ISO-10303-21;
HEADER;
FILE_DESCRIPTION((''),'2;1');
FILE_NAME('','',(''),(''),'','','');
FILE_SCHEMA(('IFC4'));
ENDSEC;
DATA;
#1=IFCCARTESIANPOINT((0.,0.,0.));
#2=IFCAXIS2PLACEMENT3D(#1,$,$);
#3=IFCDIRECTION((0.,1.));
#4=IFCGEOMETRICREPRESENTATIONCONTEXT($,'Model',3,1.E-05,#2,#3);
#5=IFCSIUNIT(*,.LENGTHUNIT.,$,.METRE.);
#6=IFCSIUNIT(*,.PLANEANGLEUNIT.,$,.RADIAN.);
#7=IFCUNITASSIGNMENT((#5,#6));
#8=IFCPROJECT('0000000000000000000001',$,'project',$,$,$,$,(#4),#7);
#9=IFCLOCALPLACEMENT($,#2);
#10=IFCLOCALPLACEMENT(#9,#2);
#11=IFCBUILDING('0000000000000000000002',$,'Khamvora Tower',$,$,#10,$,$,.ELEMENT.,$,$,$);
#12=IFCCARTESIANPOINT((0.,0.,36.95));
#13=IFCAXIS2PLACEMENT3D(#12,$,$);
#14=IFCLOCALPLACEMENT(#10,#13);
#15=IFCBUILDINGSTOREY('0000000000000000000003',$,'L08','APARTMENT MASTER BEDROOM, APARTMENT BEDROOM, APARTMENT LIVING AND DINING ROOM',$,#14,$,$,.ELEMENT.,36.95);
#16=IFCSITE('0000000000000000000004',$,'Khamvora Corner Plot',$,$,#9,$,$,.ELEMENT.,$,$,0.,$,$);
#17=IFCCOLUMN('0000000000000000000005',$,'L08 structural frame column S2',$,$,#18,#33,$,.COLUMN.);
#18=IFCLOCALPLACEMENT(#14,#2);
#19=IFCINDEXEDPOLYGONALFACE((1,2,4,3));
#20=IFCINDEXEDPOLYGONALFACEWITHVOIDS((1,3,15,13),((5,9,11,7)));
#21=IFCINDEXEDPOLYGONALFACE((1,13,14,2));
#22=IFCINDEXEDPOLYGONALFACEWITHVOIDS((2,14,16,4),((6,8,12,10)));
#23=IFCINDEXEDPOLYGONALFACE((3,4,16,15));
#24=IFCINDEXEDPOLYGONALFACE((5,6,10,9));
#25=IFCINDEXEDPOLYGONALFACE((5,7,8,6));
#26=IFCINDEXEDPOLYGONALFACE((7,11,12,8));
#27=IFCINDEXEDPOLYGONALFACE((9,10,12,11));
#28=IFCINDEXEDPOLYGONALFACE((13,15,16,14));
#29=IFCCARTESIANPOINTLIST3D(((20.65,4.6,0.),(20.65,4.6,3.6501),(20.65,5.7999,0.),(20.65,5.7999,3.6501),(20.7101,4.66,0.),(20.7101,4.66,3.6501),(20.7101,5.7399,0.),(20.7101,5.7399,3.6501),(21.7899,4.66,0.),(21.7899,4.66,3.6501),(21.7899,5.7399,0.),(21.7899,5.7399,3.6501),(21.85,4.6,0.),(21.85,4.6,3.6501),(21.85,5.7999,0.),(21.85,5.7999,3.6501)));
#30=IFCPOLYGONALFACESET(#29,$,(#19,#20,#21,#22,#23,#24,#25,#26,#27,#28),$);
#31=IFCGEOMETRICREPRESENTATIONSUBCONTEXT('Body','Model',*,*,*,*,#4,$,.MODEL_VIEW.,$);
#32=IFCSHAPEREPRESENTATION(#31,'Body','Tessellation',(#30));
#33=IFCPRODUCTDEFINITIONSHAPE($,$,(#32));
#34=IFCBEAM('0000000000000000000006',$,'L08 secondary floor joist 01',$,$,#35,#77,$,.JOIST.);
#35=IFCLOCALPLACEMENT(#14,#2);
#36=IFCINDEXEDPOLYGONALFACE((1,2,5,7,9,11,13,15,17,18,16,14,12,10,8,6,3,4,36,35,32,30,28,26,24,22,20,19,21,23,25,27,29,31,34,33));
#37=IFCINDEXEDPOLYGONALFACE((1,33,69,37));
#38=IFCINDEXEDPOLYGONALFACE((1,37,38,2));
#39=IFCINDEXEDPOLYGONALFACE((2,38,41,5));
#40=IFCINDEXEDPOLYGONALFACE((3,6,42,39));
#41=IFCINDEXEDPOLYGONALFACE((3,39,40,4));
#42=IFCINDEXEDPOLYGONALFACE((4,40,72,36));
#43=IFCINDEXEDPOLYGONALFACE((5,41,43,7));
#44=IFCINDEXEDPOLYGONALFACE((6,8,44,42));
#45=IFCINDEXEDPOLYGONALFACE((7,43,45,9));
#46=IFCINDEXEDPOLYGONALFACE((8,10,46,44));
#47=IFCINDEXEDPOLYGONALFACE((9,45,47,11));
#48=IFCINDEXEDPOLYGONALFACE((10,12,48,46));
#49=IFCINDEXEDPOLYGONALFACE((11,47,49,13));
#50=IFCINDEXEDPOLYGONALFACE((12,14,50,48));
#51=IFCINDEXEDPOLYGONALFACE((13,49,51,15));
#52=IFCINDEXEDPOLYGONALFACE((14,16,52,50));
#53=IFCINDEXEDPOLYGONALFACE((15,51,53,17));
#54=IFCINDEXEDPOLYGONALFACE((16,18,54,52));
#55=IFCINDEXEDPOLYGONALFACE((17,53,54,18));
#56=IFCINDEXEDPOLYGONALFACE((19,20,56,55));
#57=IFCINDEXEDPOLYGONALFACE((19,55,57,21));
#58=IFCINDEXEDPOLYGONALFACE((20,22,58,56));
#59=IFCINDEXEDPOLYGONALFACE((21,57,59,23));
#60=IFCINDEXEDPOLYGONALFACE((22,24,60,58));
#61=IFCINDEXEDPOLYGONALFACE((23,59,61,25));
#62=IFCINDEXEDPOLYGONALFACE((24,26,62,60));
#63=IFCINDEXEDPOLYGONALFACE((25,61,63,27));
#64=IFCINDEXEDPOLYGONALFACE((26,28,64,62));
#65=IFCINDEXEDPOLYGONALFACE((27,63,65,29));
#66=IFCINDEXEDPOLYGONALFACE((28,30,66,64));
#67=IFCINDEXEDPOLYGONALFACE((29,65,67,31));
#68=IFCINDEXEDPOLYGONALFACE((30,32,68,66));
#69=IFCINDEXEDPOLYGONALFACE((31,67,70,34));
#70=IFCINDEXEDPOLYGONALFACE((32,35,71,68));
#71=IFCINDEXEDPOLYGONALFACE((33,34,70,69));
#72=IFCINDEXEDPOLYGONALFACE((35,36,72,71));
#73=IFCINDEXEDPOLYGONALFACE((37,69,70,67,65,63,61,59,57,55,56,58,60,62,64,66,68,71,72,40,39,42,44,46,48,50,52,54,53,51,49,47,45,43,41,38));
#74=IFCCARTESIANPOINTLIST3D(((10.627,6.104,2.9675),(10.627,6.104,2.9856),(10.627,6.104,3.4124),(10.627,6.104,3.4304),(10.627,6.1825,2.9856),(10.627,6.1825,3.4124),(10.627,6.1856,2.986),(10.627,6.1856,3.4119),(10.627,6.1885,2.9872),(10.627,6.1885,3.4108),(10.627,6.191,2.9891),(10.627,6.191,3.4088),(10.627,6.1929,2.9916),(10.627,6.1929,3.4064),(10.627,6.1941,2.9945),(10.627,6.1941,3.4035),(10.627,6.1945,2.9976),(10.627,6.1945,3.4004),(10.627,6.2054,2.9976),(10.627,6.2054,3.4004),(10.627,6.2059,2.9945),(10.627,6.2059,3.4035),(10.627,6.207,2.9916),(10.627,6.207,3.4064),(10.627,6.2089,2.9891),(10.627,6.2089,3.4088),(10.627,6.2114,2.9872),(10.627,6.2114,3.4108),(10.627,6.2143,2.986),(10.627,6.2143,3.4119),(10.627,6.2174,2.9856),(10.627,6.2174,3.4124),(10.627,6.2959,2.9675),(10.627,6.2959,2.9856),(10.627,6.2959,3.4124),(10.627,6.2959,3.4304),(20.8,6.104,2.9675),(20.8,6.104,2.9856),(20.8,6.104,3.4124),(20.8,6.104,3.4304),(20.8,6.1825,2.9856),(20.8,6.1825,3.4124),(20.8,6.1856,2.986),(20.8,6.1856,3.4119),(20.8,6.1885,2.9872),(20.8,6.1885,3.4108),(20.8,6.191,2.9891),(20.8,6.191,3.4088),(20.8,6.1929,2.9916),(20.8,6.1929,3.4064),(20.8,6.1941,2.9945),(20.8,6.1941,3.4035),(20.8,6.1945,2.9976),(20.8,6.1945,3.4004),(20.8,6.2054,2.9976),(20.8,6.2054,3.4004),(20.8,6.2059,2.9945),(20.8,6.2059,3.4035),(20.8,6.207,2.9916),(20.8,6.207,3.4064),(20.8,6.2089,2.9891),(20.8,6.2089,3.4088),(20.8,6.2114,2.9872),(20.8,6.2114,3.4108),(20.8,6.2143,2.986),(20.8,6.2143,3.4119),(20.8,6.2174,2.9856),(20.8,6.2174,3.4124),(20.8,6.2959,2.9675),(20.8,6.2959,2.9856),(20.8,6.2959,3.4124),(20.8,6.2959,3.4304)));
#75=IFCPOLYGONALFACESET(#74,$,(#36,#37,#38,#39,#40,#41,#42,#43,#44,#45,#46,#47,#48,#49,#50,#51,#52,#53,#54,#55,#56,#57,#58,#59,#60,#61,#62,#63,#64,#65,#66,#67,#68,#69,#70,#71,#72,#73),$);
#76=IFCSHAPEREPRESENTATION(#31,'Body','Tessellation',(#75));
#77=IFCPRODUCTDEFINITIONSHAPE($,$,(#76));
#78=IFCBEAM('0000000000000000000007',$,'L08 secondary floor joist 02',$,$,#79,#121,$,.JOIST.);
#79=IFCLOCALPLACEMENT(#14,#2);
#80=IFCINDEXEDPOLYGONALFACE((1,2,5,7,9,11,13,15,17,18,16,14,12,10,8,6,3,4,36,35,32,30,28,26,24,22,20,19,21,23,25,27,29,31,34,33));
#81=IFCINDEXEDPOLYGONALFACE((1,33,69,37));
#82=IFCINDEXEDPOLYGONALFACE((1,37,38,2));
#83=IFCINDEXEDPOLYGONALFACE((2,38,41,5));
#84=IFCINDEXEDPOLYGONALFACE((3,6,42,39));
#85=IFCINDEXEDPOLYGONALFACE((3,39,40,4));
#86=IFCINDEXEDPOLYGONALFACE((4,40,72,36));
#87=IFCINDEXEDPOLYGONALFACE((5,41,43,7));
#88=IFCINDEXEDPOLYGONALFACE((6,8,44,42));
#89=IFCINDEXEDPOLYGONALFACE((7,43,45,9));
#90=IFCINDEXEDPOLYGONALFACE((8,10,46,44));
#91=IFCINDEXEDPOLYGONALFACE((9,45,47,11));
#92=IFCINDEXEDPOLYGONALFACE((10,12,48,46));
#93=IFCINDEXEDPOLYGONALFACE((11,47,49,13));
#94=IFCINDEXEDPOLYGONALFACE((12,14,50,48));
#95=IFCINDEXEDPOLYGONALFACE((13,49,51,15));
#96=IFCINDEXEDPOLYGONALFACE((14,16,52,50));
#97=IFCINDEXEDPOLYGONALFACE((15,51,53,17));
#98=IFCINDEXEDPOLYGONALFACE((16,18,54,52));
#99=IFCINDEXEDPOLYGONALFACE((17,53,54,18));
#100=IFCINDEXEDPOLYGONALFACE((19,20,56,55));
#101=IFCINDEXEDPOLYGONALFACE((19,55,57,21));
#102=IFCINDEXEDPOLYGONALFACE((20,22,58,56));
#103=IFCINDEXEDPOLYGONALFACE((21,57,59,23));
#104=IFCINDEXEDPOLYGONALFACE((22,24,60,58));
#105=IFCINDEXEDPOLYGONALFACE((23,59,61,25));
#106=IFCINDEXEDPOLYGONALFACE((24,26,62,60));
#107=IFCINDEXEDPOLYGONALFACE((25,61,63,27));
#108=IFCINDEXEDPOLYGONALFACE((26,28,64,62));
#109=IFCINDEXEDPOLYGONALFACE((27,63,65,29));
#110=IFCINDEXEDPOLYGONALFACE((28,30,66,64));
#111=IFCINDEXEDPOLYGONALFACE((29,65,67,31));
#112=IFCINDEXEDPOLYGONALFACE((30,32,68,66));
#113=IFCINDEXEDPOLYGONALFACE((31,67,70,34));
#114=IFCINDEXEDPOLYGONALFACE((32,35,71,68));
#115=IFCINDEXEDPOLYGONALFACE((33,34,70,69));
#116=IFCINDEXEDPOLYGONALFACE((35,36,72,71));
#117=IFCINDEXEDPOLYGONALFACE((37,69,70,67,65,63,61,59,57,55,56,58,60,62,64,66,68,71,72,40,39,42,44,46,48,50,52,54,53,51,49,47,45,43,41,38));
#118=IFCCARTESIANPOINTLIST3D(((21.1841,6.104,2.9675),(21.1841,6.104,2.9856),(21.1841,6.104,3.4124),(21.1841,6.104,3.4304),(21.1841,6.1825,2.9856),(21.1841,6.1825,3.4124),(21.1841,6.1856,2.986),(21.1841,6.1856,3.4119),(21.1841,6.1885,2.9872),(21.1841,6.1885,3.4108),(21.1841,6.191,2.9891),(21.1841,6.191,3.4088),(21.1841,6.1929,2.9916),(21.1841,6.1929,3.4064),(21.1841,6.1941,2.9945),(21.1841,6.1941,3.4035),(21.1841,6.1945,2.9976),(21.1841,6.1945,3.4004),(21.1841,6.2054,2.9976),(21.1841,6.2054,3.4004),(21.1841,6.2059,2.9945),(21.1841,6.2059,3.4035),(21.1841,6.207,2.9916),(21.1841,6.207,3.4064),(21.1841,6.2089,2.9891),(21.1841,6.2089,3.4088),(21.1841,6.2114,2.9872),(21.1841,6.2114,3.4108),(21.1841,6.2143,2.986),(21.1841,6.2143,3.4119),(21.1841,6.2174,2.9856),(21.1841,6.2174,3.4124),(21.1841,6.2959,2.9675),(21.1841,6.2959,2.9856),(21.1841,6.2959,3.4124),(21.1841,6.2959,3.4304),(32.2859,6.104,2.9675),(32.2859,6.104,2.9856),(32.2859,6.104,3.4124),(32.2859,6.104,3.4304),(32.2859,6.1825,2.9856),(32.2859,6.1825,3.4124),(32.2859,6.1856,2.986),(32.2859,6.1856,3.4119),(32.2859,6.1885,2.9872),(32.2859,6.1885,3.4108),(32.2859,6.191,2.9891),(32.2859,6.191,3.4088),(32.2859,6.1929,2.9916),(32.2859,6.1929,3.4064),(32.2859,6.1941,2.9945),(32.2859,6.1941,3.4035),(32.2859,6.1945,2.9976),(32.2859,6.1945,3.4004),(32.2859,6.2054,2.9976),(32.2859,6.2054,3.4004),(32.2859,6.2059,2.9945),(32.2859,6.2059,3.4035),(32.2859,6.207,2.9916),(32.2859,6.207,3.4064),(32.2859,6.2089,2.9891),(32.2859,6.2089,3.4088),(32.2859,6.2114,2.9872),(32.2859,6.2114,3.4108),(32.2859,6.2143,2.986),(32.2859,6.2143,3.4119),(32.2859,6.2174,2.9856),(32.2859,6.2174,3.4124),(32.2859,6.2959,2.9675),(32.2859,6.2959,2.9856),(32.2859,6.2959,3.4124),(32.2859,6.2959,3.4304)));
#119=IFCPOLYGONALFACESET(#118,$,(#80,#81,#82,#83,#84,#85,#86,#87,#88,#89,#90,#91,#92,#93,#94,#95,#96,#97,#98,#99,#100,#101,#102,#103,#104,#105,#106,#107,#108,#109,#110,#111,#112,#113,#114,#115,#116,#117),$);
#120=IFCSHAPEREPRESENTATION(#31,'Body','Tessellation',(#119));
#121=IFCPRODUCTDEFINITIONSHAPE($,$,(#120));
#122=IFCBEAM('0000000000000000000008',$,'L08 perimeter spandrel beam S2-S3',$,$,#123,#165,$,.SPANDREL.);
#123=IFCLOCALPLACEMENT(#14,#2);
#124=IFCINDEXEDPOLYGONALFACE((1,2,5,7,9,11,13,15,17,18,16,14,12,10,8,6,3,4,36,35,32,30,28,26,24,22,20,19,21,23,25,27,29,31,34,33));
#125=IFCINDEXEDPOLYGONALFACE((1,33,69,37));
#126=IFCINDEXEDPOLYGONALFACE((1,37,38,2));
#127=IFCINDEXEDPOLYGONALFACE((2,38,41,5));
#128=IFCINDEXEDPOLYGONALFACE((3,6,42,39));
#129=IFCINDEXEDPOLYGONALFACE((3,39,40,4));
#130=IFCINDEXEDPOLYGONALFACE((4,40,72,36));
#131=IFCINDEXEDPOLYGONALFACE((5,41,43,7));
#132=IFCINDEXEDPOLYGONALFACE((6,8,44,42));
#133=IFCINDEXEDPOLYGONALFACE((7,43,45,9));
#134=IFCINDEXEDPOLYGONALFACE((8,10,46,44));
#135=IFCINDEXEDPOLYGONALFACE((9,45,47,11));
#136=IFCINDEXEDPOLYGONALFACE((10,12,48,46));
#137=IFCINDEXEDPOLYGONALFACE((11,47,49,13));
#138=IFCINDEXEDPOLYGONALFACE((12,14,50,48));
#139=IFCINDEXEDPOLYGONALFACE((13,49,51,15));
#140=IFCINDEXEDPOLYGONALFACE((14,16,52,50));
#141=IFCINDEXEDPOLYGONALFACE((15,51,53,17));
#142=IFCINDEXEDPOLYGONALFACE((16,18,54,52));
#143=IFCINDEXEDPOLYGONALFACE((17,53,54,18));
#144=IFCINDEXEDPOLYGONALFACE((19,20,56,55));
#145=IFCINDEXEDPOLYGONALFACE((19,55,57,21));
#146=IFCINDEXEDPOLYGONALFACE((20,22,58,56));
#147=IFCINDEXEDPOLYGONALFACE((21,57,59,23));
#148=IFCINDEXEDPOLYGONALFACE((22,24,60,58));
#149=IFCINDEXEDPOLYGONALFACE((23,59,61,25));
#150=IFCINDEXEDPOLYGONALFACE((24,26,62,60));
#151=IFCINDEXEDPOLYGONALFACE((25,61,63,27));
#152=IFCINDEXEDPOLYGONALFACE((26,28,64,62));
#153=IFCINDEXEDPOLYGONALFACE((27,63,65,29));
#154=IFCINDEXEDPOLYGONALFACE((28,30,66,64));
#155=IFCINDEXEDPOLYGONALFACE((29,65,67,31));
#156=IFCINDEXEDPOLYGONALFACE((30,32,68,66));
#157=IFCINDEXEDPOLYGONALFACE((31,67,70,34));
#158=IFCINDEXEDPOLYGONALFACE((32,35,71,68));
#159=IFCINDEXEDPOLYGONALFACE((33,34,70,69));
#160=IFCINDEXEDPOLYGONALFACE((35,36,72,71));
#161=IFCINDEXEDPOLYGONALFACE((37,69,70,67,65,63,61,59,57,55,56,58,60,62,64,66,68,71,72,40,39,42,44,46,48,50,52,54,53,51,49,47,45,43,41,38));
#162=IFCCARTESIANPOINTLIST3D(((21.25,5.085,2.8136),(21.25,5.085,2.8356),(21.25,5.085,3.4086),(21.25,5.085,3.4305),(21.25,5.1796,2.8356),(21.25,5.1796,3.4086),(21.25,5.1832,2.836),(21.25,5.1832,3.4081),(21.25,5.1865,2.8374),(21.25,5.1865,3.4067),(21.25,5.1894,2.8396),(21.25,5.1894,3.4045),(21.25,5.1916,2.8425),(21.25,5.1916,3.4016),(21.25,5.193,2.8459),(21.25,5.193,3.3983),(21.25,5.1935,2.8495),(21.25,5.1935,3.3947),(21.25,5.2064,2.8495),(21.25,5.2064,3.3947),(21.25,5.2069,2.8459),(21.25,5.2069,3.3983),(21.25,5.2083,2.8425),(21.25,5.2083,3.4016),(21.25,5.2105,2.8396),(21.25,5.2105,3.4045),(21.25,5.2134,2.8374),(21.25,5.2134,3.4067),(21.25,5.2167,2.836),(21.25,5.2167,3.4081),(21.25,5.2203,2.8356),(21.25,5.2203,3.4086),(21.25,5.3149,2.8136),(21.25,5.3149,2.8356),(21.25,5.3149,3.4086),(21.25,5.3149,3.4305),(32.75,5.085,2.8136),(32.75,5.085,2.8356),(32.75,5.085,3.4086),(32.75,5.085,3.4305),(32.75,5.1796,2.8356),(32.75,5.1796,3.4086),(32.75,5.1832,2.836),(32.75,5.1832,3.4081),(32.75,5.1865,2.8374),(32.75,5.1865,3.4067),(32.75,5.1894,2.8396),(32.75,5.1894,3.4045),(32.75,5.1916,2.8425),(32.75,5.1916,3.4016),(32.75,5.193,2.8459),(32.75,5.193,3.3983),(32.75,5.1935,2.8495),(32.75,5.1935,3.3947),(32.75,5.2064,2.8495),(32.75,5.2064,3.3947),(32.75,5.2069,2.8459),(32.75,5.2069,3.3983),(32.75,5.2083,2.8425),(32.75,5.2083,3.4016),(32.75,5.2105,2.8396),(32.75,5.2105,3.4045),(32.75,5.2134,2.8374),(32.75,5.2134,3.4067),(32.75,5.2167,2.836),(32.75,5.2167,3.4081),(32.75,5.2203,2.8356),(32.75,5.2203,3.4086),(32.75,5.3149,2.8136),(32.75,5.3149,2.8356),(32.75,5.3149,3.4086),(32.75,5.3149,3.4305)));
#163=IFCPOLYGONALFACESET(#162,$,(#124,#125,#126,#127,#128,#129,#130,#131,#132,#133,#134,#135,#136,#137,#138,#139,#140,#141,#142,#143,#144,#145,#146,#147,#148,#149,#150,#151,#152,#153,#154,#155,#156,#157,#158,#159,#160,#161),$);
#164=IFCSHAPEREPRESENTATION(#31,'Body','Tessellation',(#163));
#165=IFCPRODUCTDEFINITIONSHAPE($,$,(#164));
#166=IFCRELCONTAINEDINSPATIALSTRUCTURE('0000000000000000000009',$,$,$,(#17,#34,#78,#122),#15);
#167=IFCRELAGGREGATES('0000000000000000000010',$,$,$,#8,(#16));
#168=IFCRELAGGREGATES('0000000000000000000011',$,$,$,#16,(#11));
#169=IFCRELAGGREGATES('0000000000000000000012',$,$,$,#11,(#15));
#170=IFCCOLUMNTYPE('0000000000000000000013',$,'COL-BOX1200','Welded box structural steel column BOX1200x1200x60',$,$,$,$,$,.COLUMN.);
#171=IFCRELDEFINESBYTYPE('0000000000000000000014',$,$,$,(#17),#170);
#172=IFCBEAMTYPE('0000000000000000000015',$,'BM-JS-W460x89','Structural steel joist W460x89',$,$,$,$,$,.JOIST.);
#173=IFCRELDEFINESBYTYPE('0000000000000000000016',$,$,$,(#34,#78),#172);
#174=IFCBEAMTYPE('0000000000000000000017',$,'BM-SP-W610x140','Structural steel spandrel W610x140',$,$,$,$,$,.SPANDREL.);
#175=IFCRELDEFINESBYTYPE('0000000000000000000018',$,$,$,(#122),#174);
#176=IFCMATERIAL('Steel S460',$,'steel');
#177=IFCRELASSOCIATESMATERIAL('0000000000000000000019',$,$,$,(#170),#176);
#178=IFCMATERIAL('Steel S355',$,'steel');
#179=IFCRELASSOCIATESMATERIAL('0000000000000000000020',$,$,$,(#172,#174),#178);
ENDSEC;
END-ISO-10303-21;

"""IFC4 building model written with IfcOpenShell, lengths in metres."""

from ifc_helpers import new_model, si_unit, direction, frame, origin, origin_2d, place, context, subcontext, project, spatial, hollow_rectangle, i_section, extrude, material, material_profile, profile_set, type_object, element, save


model = new_model("IFC4")

# Units and contexts
model_context = context("Model", 3, precision=1e-05, world=origin(), true_north=direction((0.0, 1.0)))
body_context = subcontext(model_context, "Body", "Model", "MODEL_VIEW")
ifc_project = project(units=[si_unit("LENGTHUNIT", "METRE"), si_unit("PLANEANGLEUNIT", "RADIAN")], contexts=[model_context])

# Site, building, storey
site_placement = place(None, origin())
site = spatial("IfcSite", under=ifc_project, at=site_placement, Name="Khamvora Corner Plot", CompositionType="ELEMENT", RefElevation=0.0)
building_placement = place(site_placement, origin())
building = spatial("IfcBuilding", under=site, at=building_placement, Name="Khamvora Tower", CompositionType="ELEMENT")
storey_placement = place(building_placement, frame((0.0, 0.0, 36.95)))
storey = spatial("IfcBuildingStorey", under=building, at=storey_placement, Name="L08", Description="APARTMENT MASTER BEDROOM, APARTMENT BEDROOM, APARTMENT LIVING AND DINING ROOM", CompositionType="ELEMENT", Elevation=36.95)

# Column
ifc_material_1 = material(Name="Steel S460", Category="steel")
ifc_material_profile_1 = material_profile(ifc_material_1, hollow_rectangle(XDim=1.2, YDim=1.2, WallThickness=0.0601, at=origin_2d()), Name="BOX1200x1200x60")
ifc_profile_set_1 = profile_set([ifc_material_profile_1], Name="Steel S460")
column_type = type_object("IfcColumnType", Name="COL-BOX1200", Description="Welded box structural steel column BOX1200x1200x60", PredefinedType="COLUMN", material=ifc_profile_set_1)
column_placement = place(storey_placement, frame((21.25, 5.2, 0.0), z_axis=(0.0, 0.0, 1.0), x_axis=(1.0, 0.0, 0.0)))
element("IfcColumn", 1, at=column_placement, inside=storey, type_object=column_type, Name="L08 structural frame column S2", PredefinedType="COLUMN", context=body_context, shape_type="SweptSolid", body=[
    extrude(hollow_rectangle(XDim=1.2, YDim=1.2, WallThickness=0.0601, at=origin_2d()), origin(), (0.0, 0.0, 1.0), 3.6501),
])

# Beams
ifc_material_2 = material(Name="Steel S355", Category="steel")
ifc_material_profile_2 = material_profile(ifc_material_2, i_section(OverallWidth=0.1919, OverallDepth=0.4629, WebThickness=0.011, FlangeThickness=0.0181, FilletRadius=0.012, at=origin_2d()), Name="W460x89")
ifc_profile_set_2 = profile_set([ifc_material_profile_2], Name="Steel S355")
beam_type_1 = type_object("IfcBeamType", Name="BM-JS-W460x89", Description="Structural steel joist W460x89", PredefinedType="JOIST", material=ifc_profile_set_2)
beam_1_placement = place(storey_placement, frame((10.627, 6.2, 3.199), z_axis=(1.0, 0.0, 0.0), x_axis=(0.0, 1.0, 0.0)))
element("IfcBeam", 2, at=beam_1_placement, inside=storey, type_object=beam_type_1, Name="L08 secondary floor joist 01", PredefinedType="JOIST", context=body_context, shape_type="SweptSolid", body=[
    extrude(i_section(OverallWidth=0.1919, OverallDepth=0.4629, WebThickness=0.011, FlangeThickness=0.0181, FilletRadius=0.012, at=origin_2d()), origin(), (0.0, 0.0, 1.0), 10.1731),
])
beam_2_placement = place(storey_placement, frame((21.1841, 6.2, 3.199), z_axis=(1.0, 0.0, 0.0), x_axis=(0.0, 1.0, 0.0)))
element("IfcBeam", 3, at=beam_2_placement, inside=storey, type_object=beam_type_1, Name="L08 secondary floor joist 02", PredefinedType="JOIST", context=body_context, shape_type="SweptSolid", body=[
    extrude(i_section(OverallWidth=0.1919, OverallDepth=0.4629, WebThickness=0.011, FlangeThickness=0.0181, FilletRadius=0.012, at=origin_2d()), origin(), (0.0, 0.0, 1.0), 11.1018),
])
ifc_material_profile_3 = material_profile(ifc_material_2, i_section(OverallWidth=0.23, OverallDepth=0.6169, WebThickness=0.0129, FlangeThickness=0.022, FilletRadius=0.0139, at=origin_2d()), Name="W610x140")
ifc_profile_set_3 = profile_set([ifc_material_profile_3], Name="Steel S355")
beam_type_2 = type_object("IfcBeamType", Name="BM-SP-W610x140", Description="Structural steel spandrel W610x140", PredefinedType="SPANDREL", material=ifc_profile_set_3)
beam_3_placement = place(storey_placement, frame((21.25, 5.2, 3.1221), z_axis=(1.0, 0.0, 0.0), x_axis=(0.0, 1.0, 0.0)))
element("IfcBeam", 4, at=beam_3_placement, inside=storey, type_object=beam_type_2, Name="L08 perimeter spandrel beam S2-S3", PredefinedType="SPANDREL", context=body_context, shape_type="SweptSolid", body=[
    extrude(i_section(OverallWidth=0.23, OverallDepth=0.6169, WebThickness=0.0129, FlangeThickness=0.022, FilletRadius=0.0139, at=origin_2d()), origin(), (0.0, 0.0, 1.0), 11.5),
])

save(model, "model.ifc")
